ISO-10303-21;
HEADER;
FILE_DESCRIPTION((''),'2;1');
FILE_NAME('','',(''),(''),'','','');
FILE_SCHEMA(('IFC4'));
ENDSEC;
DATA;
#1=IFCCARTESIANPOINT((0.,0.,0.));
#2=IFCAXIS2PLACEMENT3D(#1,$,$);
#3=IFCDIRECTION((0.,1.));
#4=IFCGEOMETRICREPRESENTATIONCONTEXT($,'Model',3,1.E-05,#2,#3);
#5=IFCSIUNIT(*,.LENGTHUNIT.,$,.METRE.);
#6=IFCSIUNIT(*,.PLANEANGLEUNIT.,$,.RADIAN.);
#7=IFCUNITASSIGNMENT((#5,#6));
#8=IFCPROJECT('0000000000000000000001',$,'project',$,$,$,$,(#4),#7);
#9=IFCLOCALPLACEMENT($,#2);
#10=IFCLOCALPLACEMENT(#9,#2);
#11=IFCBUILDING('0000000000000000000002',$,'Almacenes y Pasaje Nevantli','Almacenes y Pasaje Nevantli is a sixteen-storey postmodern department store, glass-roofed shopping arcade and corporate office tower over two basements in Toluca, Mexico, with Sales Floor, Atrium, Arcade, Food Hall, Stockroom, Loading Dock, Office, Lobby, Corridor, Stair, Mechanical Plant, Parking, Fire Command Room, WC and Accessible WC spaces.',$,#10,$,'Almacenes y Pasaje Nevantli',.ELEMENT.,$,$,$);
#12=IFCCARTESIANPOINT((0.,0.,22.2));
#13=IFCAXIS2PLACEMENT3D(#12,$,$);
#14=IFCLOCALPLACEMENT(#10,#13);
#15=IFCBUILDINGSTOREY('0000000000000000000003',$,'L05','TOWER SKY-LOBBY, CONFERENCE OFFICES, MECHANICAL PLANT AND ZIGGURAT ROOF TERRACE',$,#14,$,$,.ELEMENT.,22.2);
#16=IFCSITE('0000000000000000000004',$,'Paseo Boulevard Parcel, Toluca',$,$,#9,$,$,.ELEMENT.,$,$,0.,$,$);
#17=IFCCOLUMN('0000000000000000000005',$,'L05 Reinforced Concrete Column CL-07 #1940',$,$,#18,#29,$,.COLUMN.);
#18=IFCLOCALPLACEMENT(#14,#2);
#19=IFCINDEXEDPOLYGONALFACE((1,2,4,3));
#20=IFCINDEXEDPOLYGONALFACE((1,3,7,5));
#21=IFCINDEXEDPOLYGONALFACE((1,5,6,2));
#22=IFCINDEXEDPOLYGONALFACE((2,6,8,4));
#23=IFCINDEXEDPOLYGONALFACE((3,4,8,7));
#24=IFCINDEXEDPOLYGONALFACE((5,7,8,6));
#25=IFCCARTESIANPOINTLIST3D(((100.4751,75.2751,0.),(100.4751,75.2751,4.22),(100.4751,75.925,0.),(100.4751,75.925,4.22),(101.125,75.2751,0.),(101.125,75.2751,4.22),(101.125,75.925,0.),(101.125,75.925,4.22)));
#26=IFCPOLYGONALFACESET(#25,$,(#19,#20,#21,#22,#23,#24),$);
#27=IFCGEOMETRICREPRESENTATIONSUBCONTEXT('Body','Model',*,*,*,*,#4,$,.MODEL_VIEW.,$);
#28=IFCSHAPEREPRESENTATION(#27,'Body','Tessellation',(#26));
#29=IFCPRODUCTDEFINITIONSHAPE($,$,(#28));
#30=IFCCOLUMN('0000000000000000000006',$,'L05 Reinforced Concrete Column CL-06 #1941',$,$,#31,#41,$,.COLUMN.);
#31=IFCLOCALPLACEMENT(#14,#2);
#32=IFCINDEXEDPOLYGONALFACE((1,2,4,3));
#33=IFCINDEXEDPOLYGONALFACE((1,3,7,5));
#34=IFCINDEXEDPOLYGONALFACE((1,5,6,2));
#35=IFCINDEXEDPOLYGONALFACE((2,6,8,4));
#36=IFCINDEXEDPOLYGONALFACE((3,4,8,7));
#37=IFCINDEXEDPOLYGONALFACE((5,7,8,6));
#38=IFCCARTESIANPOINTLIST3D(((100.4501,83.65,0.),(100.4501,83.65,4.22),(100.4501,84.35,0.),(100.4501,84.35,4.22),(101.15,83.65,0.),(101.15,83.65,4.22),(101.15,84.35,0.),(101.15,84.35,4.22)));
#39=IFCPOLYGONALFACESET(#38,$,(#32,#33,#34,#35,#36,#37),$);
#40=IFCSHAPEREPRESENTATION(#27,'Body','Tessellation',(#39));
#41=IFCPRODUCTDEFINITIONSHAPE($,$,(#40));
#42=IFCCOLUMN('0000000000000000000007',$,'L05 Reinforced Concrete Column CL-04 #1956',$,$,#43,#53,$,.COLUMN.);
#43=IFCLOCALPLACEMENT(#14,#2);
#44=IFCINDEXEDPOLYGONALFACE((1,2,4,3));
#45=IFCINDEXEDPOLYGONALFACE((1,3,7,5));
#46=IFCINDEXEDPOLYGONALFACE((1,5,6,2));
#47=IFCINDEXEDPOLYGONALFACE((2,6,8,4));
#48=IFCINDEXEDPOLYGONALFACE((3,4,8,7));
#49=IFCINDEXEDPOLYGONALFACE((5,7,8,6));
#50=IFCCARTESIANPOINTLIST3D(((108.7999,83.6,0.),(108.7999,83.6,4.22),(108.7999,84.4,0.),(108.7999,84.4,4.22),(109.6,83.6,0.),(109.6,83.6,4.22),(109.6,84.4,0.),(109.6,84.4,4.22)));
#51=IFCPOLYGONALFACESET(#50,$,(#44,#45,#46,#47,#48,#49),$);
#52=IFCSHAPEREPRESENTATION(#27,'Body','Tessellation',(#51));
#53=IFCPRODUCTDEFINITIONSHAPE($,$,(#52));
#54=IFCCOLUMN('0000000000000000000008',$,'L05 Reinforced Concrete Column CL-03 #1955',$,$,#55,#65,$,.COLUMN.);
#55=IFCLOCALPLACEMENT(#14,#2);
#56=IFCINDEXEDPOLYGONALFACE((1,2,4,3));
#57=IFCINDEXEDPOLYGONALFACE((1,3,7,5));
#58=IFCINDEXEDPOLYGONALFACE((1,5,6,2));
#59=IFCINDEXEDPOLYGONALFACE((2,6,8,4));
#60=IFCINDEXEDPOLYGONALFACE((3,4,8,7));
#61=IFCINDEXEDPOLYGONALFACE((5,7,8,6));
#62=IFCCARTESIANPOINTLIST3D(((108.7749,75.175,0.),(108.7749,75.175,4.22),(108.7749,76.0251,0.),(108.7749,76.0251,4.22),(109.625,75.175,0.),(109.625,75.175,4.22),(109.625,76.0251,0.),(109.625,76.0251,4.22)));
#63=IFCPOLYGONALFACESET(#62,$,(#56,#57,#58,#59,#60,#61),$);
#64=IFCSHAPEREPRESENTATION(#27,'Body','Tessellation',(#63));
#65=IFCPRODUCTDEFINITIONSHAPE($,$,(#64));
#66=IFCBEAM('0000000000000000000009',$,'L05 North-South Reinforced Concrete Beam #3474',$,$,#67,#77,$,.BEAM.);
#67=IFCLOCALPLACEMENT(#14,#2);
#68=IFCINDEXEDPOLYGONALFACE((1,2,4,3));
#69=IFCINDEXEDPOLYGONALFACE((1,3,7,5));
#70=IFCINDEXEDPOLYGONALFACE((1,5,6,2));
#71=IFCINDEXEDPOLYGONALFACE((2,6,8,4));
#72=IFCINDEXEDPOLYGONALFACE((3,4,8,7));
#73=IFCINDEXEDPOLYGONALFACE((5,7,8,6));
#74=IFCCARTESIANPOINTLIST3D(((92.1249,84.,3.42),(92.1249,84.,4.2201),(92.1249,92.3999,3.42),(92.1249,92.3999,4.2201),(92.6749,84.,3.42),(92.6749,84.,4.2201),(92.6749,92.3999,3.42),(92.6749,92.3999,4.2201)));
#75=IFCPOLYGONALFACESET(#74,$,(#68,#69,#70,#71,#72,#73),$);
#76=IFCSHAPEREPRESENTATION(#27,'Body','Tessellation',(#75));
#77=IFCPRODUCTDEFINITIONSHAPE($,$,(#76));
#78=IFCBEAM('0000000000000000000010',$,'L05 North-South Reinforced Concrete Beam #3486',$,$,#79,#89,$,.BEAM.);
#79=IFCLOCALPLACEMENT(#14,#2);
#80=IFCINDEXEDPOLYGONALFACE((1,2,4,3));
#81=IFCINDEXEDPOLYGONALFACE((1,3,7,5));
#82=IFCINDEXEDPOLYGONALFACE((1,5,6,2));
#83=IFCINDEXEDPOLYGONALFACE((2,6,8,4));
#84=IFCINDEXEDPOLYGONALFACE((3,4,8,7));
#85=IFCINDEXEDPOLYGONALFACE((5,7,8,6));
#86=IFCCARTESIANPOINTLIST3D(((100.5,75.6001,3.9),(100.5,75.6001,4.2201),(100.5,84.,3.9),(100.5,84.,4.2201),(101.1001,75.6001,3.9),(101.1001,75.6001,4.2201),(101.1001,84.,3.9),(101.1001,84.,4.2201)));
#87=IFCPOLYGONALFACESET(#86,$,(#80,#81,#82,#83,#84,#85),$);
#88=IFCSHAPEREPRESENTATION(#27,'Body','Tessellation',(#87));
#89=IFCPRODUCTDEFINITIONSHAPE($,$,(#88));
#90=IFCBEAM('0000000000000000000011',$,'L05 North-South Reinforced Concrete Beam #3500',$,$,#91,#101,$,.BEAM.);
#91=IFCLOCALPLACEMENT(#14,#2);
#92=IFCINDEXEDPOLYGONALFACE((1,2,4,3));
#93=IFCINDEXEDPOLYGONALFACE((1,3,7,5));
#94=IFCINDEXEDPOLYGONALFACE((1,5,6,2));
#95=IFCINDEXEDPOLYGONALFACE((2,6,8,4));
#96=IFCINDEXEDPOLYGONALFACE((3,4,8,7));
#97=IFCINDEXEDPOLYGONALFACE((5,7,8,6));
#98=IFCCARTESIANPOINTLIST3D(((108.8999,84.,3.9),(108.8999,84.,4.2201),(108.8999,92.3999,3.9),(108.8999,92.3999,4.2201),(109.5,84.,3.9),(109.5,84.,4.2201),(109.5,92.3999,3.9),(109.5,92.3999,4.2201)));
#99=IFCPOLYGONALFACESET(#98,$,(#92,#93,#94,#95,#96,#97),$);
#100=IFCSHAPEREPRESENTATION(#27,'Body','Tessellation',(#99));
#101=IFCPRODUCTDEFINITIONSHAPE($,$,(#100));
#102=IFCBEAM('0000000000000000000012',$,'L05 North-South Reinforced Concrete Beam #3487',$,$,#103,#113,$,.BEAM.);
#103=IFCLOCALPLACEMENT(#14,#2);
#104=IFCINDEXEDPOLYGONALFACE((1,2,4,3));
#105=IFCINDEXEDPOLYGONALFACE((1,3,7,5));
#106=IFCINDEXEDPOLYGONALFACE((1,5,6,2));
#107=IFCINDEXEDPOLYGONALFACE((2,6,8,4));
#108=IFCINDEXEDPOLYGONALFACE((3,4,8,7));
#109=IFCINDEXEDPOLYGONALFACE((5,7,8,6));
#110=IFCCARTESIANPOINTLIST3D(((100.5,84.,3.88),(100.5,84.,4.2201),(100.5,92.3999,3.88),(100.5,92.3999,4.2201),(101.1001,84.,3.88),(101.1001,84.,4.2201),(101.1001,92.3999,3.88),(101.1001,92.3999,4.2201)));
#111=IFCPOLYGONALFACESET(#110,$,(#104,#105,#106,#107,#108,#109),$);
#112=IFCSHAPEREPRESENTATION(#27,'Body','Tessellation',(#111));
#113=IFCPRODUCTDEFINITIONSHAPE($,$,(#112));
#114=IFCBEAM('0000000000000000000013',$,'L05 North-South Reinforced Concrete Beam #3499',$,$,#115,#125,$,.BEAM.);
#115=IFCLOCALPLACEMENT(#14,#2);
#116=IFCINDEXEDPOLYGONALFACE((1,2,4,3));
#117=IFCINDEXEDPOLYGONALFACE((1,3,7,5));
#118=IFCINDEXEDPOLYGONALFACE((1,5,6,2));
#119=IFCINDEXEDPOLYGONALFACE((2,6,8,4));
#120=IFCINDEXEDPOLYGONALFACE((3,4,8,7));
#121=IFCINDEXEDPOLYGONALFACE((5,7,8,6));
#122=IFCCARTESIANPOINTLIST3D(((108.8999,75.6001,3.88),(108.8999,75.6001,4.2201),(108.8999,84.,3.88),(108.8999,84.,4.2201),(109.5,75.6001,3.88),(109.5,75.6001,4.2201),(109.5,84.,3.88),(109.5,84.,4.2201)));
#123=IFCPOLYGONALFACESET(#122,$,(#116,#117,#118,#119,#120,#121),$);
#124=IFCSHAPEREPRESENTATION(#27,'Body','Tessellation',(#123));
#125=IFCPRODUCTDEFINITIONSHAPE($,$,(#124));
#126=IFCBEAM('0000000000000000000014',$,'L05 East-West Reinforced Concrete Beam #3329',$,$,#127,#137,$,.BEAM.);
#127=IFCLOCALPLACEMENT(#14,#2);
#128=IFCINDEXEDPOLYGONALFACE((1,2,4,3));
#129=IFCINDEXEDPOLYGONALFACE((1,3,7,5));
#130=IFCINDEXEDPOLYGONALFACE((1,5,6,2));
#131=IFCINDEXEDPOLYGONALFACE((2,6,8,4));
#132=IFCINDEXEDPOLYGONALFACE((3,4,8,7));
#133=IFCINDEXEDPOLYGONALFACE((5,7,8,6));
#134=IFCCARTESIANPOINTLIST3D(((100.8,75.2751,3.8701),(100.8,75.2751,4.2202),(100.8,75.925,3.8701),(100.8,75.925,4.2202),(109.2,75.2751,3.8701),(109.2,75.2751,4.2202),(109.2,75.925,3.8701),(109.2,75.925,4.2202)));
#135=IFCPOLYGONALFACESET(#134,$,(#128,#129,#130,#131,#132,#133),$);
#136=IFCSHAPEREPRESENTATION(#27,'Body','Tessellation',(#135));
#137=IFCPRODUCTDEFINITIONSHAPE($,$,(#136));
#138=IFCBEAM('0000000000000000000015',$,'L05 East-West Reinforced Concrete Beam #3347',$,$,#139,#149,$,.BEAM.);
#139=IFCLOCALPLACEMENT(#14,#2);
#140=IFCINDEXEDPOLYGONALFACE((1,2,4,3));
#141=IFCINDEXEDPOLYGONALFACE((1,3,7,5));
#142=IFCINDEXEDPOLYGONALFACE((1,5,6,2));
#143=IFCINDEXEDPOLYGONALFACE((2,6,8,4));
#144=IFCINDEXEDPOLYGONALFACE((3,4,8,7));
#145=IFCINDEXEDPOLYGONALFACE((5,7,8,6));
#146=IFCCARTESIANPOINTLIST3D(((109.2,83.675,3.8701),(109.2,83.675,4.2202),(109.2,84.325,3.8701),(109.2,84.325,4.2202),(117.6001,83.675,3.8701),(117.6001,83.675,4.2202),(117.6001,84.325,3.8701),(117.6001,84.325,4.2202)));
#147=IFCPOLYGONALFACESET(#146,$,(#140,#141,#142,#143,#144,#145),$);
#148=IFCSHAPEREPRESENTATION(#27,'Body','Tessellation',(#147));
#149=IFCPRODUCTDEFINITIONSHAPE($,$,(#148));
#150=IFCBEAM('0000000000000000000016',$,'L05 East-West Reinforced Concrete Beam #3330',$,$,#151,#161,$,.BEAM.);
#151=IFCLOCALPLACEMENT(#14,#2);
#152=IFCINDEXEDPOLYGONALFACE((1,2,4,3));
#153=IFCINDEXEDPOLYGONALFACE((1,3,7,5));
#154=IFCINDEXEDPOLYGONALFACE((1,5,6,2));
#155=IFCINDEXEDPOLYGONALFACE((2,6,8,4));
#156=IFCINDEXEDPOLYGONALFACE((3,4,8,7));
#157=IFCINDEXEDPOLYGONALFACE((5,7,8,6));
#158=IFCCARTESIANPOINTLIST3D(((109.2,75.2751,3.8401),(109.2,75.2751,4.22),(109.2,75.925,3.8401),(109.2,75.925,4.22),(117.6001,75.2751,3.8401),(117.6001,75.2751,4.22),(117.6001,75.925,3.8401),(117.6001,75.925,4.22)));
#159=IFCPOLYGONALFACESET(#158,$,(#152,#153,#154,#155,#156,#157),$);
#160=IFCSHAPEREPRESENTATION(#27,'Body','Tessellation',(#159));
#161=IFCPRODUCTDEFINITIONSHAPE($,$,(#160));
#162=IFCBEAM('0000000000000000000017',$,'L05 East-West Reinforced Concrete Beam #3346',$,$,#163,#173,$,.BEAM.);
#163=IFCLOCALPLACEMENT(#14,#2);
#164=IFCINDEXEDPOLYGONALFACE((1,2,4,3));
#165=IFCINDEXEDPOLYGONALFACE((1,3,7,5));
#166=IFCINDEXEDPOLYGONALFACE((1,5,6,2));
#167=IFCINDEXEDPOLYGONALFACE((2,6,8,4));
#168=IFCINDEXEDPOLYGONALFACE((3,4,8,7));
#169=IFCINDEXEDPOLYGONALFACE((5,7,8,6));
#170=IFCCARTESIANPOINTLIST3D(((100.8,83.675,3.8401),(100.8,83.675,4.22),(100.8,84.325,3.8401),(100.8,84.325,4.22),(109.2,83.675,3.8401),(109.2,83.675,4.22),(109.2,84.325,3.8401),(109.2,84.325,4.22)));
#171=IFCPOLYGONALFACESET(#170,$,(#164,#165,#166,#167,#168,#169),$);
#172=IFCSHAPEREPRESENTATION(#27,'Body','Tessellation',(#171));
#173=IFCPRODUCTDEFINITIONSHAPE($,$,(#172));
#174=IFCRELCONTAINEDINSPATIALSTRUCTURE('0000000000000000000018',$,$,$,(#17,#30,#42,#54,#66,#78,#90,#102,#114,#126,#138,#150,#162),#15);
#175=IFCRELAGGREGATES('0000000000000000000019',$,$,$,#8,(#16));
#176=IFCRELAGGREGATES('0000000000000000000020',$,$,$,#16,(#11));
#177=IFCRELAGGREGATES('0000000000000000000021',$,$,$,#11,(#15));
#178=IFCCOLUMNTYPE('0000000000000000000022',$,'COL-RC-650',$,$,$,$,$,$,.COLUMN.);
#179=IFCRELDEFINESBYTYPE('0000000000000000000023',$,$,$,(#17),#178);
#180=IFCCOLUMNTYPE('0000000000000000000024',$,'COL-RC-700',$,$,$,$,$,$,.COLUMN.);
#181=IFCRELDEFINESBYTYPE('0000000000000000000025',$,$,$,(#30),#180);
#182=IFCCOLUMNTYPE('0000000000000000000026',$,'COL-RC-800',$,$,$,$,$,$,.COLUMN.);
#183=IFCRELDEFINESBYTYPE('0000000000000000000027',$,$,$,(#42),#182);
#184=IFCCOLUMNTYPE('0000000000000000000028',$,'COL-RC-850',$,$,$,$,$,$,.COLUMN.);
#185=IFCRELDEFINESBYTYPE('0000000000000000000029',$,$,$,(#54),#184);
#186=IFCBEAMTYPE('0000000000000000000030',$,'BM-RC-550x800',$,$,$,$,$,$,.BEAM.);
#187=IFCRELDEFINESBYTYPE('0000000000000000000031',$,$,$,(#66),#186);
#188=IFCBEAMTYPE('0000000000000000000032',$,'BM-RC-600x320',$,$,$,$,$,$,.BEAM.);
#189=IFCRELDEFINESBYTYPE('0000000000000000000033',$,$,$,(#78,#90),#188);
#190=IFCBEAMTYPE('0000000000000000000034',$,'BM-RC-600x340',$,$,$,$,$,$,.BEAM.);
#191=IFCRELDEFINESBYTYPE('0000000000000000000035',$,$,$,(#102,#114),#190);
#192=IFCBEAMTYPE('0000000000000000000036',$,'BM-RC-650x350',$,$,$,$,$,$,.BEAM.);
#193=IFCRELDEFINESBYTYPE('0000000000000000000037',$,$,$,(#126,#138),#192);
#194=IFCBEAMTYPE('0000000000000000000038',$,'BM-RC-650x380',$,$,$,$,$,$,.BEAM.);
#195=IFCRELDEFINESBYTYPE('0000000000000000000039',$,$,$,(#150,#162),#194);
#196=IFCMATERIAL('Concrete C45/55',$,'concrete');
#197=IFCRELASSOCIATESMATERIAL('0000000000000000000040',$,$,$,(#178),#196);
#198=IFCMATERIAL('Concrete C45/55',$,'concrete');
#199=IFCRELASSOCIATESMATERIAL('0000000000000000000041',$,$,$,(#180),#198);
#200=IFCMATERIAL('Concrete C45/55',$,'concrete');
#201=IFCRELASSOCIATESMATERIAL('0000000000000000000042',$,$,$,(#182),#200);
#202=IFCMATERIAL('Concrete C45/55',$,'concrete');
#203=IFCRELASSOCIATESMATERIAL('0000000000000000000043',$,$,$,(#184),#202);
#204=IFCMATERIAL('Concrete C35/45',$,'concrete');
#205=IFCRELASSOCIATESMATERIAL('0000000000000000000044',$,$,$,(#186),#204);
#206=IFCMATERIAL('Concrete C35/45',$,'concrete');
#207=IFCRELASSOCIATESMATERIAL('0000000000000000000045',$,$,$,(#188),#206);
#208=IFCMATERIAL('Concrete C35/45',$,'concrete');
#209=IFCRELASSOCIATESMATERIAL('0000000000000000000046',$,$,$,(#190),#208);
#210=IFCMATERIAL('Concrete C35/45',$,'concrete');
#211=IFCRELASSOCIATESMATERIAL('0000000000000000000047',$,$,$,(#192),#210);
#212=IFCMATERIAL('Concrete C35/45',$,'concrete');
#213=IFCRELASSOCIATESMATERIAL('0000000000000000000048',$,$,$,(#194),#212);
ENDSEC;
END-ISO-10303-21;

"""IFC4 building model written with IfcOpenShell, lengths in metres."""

from ifc_helpers import new_model, si_unit, direction, frame, origin, origin_2d, place, context, subcontext, project, spatial, rectangle, extrude, material, material_profile, profile_set, type_object, element, save


model = new_model("IFC4")

# Units and contexts
model_context = context("Model", 3, precision=1e-05, world=origin(), true_north=direction((0.0, 1.0)))
body_context = subcontext(model_context, "Body", "Model", "MODEL_VIEW")
ifc_project = project(units=[si_unit("LENGTHUNIT", "METRE"), si_unit("PLANEANGLEUNIT", "RADIAN")], contexts=[model_context])

# Site, building, storey
site_placement = place(None, origin())
site = spatial("IfcSite", under=ifc_project, at=site_placement, Name="Paseo Boulevard Parcel, Toluca", CompositionType="ELEMENT", RefElevation=0.0)
building_placement = place(site_placement, origin())
building = spatial("IfcBuilding", under=site, at=building_placement, Name="Almacenes y Pasaje Nevantli", Description="Almacenes y Pasaje Nevantli is a sixteen-storey postmodern department store, glass-roofed shopping arcade and corporate office tower over two basements in Toluca, Mexico, with Sales Floor, Atrium, Arcade, Food Hall, Stockroom, Loading Dock, Office, Lobby, Corridor, Stair, Mechanical Plant, Parking, Fire Command Room, WC and Accessible WC spaces.", LongName="Almacenes y Pasaje Nevantli", CompositionType="ELEMENT")
storey_placement = place(building_placement, frame((0.0, 0.0, 22.2)))
storey = spatial("IfcBuildingStorey", under=building, at=storey_placement, Name="L05", Description="TOWER SKY-LOBBY, CONFERENCE OFFICES, MECHANICAL PLANT AND ZIGGURAT ROOF TERRACE", CompositionType="ELEMENT", Elevation=22.2)

# Columns
ifc_material_1 = material(Name="Concrete C45/55", Category="concrete")
ifc_material_profile_1 = material_profile(ifc_material_1, rectangle(XDim=0.6499, YDim=0.6499, at=origin_2d()), Name="RC-COL-650x650")
ifc_profile_set_1 = profile_set([ifc_material_profile_1], Name="Concrete C45/55")
column_type_1 = type_object("IfcColumnType", Name="COL-RC-650", PredefinedType="COLUMN", material=ifc_profile_set_1)
column_1_placement = place(storey_placement, frame((100.8, 75.6001, 0.0), z_axis=(0.0, 0.0, 1.0), x_axis=(1.0, 0.0, 0.0)))
element("IfcColumn", 1, at=column_1_placement, inside=storey, type_object=column_type_1, Name="L05 Reinforced Concrete Column CL-07 #1940", PredefinedType="COLUMN", context=body_context, shape_type="SweptSolid", body=[
    extrude(rectangle(XDim=0.6499, YDim=0.6499, at=origin_2d()), origin(), (0.0, 0.0, 1.0), 4.22),
])
ifc_material_2 = material(Name="Concrete C45/55", Category="concrete")
ifc_material_profile_2 = material_profile(ifc_material_2, rectangle(XDim=0.7, YDim=0.7, at=origin_2d()), Name="RC-COL-700x700")
ifc_profile_set_2 = profile_set([ifc_material_profile_2], Name="Concrete C45/55")
column_type_2 = type_object("IfcColumnType", Name="COL-RC-700", PredefinedType="COLUMN", material=ifc_profile_set_2)
column_2_placement = place(storey_placement, frame((100.8, 84.0, 0.0), z_axis=(0.0, 0.0, 1.0), x_axis=(1.0, 0.0, 0.0)))
element("IfcColumn", 2, at=column_2_placement, inside=storey, type_object=column_type_2, Name="L05 Reinforced Concrete Column CL-06 #1941", PredefinedType="COLUMN", context=body_context, shape_type="SweptSolid", body=[
    extrude(rectangle(XDim=0.7, YDim=0.7, at=origin_2d()), origin(), (0.0, 0.0, 1.0), 4.22),
])
ifc_material_3 = material(Name="Concrete C45/55", Category="concrete")
ifc_material_profile_3 = material_profile(ifc_material_3, rectangle(XDim=0.8, YDim=0.8, at=origin_2d()), Name="RC-COL-800x800")
ifc_profile_set_3 = profile_set([ifc_material_profile_3], Name="Concrete C45/55")
column_type_3 = type_object("IfcColumnType", Name="COL-RC-800", PredefinedType="COLUMN", material=ifc_profile_set_3)
column_3_placement = place(storey_placement, frame((109.2, 84.0, 0.0), z_axis=(0.0, 0.0, 1.0), x_axis=(1.0, 0.0, 0.0)))
element("IfcColumn", 3, at=column_3_placement, inside=storey, type_object=column_type_3, Name="L05 Reinforced Concrete Column CL-04 #1956", PredefinedType="COLUMN", context=body_context, shape_type="SweptSolid", body=[
    extrude(rectangle(XDim=0.8, YDim=0.8, at=origin_2d()), origin(), (0.0, 0.0, 1.0), 4.22),
])
ifc_material_4 = material(Name="Concrete C45/55", Category="concrete")
ifc_material_profile_4 = material_profile(ifc_material_4, rectangle(XDim=0.8501, YDim=0.8501, at=origin_2d()), Name="RC-COL-850x850")
ifc_profile_set_4 = profile_set([ifc_material_profile_4], Name="Concrete C45/55")
column_type_4 = type_object("IfcColumnType", Name="COL-RC-850", PredefinedType="COLUMN", material=ifc_profile_set_4)
column_4_placement = place(storey_placement, frame((109.2, 75.6001, 0.0), z_axis=(0.0, 0.0, 1.0), x_axis=(1.0, 0.0, 0.0)))
element("IfcColumn", 4, at=column_4_placement, inside=storey, type_object=column_type_4, Name="L05 Reinforced Concrete Column CL-03 #1955", PredefinedType="COLUMN", context=body_context, shape_type="SweptSolid", body=[
    extrude(rectangle(XDim=0.8501, YDim=0.8501, at=origin_2d()), origin(), (0.0, 0.0, 1.0), 4.22),
])

# Beams
ifc_material_5 = material(Name="Concrete C35/45", Category="concrete")
ifc_material_profile_5 = material_profile(ifc_material_5, rectangle(XDim=0.55, YDim=0.8, at=origin_2d()), Name="RC-BM-550x800")
ifc_profile_set_5 = profile_set([ifc_material_profile_5], Name="Concrete C35/45")
beam_type_1 = type_object("IfcBeamType", Name="BM-RC-550x800", PredefinedType="BEAM", material=ifc_profile_set_5)
beam_1_placement = place(storey_placement, frame((92.3999, 84.0, 3.8201), z_axis=(0.0, 1.0, 0.0), x_axis=(-1.0, 0.0, 0.0)))
element("IfcBeam", 5, at=beam_1_placement, inside=storey, type_object=beam_type_1, Name="L05 North-South Reinforced Concrete Beam #3474", PredefinedType="BEAM", context=body_context, shape_type="SweptSolid", body=[
    extrude(rectangle(XDim=0.55, YDim=0.8, at=origin_2d()), origin(), (0.0, 0.0, 1.0), 8.3999),
])
ifc_material_6 = material(Name="Concrete C35/45", Category="concrete")
ifc_material_profile_6 = material_profile(ifc_material_6, rectangle(XDim=0.6001, YDim=0.3201, at=origin_2d()), Name="RC-BM-600x320")
ifc_profile_set_6 = profile_set([ifc_material_profile_6], Name="Concrete C35/45")
beam_type_2 = type_object("IfcBeamType", Name="BM-RC-600x320", PredefinedType="BEAM", material=ifc_profile_set_6)
for number, where, z_axis, x_axis, name in (
    (6, (100.8, 75.6001, 4.0601), (0.0, 1.0, 0.0), (-1.0, 0.0, 0.0), "L05 North-South Reinforced Concrete Beam #3486"),
    (7, (109.2, 84.0, 4.0601), (0.0, 1.0, 0.0), (-1.0, 0.0, 0.0), "L05 North-South Reinforced Concrete Beam #3500"),
):
    element("IfcBeam", number, at=place(storey_placement, frame(where, z_axis=z_axis, x_axis=x_axis)), inside=storey, type_object=beam_type_2, Name=name, PredefinedType="BEAM", context=body_context, shape_type="SweptSolid", body=[
        extrude(rectangle(XDim=0.6001, YDim=0.3201, at=origin_2d()), origin(), (0.0, 0.0, 1.0), 8.3999),
    ])
ifc_material_7 = material(Name="Concrete C35/45", Category="concrete")
ifc_material_profile_7 = material_profile(ifc_material_7, rectangle(XDim=0.6001, YDim=0.3401, at=origin_2d()), Name="RC-BM-600x340")
ifc_profile_set_7 = profile_set([ifc_material_profile_7], Name="Concrete C35/45")
beam_type_3 = type_object("IfcBeamType", Name="BM-RC-600x340", PredefinedType="BEAM", material=ifc_profile_set_7)
for number, where, z_axis, x_axis, name in (
    (8, (100.8, 84.0, 4.05), (0.0, 1.0, 0.0), (-1.0, 0.0, 0.0), "L05 North-South Reinforced Concrete Beam #3487"),
    (9, (109.2, 75.6001, 4.05), (0.0, 1.0, 0.0), (-1.0, 0.0, 0.0), "L05 North-South Reinforced Concrete Beam #3499"),
):
    element("IfcBeam", number, at=place(storey_placement, frame(where, z_axis=z_axis, x_axis=x_axis)), inside=storey, type_object=beam_type_3, Name=name, PredefinedType="BEAM", context=body_context, shape_type="SweptSolid", body=[
        extrude(rectangle(XDim=0.6001, YDim=0.3401, at=origin_2d()), origin(), (0.0, 0.0, 1.0), 8.3999),
    ])
ifc_material_8 = material(Name="Concrete C35/45", Category="concrete")
ifc_material_profile_8 = material_profile(ifc_material_8, rectangle(XDim=0.6499, YDim=0.3501, at=origin_2d()), Name="RC-BM-650x350")
ifc_profile_set_8 = profile_set([ifc_material_profile_8], Name="Concrete C35/45")
beam_type_4 = type_object("IfcBeamType", Name="BM-RC-650x350", PredefinedType="BEAM", material=ifc_profile_set_8)
beam_2_placement = place(storey_placement, frame((100.8, 75.6001, 4.0452), z_axis=(1.0, 0.0, 0.0), x_axis=(0.0, 1.0, 0.0)))
element("IfcBeam", 10, at=beam_2_placement, inside=storey, type_object=beam_type_4, Name="L05 East-West Reinforced Concrete Beam #3329", PredefinedType="BEAM", context=body_context, shape_type="SweptSolid", body=[
    extrude(rectangle(XDim=0.6499, YDim=0.3501, at=origin_2d()), origin(), (0.0, 0.0, 1.0), 8.3999),
])
beam_3_placement = place(storey_placement, frame((109.2, 84.0, 4.0452), z_axis=(1.0, 0.0, 0.0), x_axis=(0.0, 1.0, 0.0)))
element("IfcBeam", 11, at=beam_3_placement, inside=storey, type_object=beam_type_4, Name="L05 East-West Reinforced Concrete Beam #3347", PredefinedType="BEAM", context=body_context, shape_type="SweptSolid", body=[
    extrude(rectangle(XDim=0.6499, YDim=0.3501, at=origin_2d()), origin(), (0.0, 0.0, 1.0), 8.4001),
])
ifc_material_9 = material(Name="Concrete C35/45", Category="concrete")
ifc_material_profile_9 = material_profile(ifc_material_9, rectangle(XDim=0.6499, YDim=0.3799, at=origin_2d()), Name="RC-BM-650x380")
ifc_profile_set_9 = profile_set([ifc_material_profile_9], Name="Concrete C35/45")
beam_type_5 = type_object("IfcBeamType", Name="BM-RC-650x380", PredefinedType="BEAM", material=ifc_profile_set_9)
beam_4_placement = place(storey_placement, frame((109.2, 75.6001, 4.03), z_axis=(1.0, 0.0, 0.0), x_axis=(0.0, 1.0, 0.0)))
element("IfcBeam", 12, at=beam_4_placement, inside=storey, type_object=beam_type_5, Name="L05 East-West Reinforced Concrete Beam #3330", PredefinedType="BEAM", context=body_context, shape_type="SweptSolid", body=[
    extrude(rectangle(XDim=0.6499, YDim=0.3799, at=origin_2d()), origin(), (0.0, 0.0, 1.0), 8.4001),
])
beam_5_placement = place(storey_placement, frame((100.8, 84.0, 4.03), z_axis=(1.0, 0.0, 0.0), x_axis=(0.0, 1.0, 0.0)))
element("IfcBeam", 13, at=beam_5_placement, inside=storey, type_object=beam_type_5, Name="L05 East-West Reinforced Concrete Beam #3346", PredefinedType="BEAM", context=body_context, shape_type="SweptSolid", body=[
    extrude(rectangle(XDim=0.6499, YDim=0.3799, at=origin_2d()), origin(), (0.0, 0.0, 1.0), 8.3999),
])

save(model, "model.ifc")
